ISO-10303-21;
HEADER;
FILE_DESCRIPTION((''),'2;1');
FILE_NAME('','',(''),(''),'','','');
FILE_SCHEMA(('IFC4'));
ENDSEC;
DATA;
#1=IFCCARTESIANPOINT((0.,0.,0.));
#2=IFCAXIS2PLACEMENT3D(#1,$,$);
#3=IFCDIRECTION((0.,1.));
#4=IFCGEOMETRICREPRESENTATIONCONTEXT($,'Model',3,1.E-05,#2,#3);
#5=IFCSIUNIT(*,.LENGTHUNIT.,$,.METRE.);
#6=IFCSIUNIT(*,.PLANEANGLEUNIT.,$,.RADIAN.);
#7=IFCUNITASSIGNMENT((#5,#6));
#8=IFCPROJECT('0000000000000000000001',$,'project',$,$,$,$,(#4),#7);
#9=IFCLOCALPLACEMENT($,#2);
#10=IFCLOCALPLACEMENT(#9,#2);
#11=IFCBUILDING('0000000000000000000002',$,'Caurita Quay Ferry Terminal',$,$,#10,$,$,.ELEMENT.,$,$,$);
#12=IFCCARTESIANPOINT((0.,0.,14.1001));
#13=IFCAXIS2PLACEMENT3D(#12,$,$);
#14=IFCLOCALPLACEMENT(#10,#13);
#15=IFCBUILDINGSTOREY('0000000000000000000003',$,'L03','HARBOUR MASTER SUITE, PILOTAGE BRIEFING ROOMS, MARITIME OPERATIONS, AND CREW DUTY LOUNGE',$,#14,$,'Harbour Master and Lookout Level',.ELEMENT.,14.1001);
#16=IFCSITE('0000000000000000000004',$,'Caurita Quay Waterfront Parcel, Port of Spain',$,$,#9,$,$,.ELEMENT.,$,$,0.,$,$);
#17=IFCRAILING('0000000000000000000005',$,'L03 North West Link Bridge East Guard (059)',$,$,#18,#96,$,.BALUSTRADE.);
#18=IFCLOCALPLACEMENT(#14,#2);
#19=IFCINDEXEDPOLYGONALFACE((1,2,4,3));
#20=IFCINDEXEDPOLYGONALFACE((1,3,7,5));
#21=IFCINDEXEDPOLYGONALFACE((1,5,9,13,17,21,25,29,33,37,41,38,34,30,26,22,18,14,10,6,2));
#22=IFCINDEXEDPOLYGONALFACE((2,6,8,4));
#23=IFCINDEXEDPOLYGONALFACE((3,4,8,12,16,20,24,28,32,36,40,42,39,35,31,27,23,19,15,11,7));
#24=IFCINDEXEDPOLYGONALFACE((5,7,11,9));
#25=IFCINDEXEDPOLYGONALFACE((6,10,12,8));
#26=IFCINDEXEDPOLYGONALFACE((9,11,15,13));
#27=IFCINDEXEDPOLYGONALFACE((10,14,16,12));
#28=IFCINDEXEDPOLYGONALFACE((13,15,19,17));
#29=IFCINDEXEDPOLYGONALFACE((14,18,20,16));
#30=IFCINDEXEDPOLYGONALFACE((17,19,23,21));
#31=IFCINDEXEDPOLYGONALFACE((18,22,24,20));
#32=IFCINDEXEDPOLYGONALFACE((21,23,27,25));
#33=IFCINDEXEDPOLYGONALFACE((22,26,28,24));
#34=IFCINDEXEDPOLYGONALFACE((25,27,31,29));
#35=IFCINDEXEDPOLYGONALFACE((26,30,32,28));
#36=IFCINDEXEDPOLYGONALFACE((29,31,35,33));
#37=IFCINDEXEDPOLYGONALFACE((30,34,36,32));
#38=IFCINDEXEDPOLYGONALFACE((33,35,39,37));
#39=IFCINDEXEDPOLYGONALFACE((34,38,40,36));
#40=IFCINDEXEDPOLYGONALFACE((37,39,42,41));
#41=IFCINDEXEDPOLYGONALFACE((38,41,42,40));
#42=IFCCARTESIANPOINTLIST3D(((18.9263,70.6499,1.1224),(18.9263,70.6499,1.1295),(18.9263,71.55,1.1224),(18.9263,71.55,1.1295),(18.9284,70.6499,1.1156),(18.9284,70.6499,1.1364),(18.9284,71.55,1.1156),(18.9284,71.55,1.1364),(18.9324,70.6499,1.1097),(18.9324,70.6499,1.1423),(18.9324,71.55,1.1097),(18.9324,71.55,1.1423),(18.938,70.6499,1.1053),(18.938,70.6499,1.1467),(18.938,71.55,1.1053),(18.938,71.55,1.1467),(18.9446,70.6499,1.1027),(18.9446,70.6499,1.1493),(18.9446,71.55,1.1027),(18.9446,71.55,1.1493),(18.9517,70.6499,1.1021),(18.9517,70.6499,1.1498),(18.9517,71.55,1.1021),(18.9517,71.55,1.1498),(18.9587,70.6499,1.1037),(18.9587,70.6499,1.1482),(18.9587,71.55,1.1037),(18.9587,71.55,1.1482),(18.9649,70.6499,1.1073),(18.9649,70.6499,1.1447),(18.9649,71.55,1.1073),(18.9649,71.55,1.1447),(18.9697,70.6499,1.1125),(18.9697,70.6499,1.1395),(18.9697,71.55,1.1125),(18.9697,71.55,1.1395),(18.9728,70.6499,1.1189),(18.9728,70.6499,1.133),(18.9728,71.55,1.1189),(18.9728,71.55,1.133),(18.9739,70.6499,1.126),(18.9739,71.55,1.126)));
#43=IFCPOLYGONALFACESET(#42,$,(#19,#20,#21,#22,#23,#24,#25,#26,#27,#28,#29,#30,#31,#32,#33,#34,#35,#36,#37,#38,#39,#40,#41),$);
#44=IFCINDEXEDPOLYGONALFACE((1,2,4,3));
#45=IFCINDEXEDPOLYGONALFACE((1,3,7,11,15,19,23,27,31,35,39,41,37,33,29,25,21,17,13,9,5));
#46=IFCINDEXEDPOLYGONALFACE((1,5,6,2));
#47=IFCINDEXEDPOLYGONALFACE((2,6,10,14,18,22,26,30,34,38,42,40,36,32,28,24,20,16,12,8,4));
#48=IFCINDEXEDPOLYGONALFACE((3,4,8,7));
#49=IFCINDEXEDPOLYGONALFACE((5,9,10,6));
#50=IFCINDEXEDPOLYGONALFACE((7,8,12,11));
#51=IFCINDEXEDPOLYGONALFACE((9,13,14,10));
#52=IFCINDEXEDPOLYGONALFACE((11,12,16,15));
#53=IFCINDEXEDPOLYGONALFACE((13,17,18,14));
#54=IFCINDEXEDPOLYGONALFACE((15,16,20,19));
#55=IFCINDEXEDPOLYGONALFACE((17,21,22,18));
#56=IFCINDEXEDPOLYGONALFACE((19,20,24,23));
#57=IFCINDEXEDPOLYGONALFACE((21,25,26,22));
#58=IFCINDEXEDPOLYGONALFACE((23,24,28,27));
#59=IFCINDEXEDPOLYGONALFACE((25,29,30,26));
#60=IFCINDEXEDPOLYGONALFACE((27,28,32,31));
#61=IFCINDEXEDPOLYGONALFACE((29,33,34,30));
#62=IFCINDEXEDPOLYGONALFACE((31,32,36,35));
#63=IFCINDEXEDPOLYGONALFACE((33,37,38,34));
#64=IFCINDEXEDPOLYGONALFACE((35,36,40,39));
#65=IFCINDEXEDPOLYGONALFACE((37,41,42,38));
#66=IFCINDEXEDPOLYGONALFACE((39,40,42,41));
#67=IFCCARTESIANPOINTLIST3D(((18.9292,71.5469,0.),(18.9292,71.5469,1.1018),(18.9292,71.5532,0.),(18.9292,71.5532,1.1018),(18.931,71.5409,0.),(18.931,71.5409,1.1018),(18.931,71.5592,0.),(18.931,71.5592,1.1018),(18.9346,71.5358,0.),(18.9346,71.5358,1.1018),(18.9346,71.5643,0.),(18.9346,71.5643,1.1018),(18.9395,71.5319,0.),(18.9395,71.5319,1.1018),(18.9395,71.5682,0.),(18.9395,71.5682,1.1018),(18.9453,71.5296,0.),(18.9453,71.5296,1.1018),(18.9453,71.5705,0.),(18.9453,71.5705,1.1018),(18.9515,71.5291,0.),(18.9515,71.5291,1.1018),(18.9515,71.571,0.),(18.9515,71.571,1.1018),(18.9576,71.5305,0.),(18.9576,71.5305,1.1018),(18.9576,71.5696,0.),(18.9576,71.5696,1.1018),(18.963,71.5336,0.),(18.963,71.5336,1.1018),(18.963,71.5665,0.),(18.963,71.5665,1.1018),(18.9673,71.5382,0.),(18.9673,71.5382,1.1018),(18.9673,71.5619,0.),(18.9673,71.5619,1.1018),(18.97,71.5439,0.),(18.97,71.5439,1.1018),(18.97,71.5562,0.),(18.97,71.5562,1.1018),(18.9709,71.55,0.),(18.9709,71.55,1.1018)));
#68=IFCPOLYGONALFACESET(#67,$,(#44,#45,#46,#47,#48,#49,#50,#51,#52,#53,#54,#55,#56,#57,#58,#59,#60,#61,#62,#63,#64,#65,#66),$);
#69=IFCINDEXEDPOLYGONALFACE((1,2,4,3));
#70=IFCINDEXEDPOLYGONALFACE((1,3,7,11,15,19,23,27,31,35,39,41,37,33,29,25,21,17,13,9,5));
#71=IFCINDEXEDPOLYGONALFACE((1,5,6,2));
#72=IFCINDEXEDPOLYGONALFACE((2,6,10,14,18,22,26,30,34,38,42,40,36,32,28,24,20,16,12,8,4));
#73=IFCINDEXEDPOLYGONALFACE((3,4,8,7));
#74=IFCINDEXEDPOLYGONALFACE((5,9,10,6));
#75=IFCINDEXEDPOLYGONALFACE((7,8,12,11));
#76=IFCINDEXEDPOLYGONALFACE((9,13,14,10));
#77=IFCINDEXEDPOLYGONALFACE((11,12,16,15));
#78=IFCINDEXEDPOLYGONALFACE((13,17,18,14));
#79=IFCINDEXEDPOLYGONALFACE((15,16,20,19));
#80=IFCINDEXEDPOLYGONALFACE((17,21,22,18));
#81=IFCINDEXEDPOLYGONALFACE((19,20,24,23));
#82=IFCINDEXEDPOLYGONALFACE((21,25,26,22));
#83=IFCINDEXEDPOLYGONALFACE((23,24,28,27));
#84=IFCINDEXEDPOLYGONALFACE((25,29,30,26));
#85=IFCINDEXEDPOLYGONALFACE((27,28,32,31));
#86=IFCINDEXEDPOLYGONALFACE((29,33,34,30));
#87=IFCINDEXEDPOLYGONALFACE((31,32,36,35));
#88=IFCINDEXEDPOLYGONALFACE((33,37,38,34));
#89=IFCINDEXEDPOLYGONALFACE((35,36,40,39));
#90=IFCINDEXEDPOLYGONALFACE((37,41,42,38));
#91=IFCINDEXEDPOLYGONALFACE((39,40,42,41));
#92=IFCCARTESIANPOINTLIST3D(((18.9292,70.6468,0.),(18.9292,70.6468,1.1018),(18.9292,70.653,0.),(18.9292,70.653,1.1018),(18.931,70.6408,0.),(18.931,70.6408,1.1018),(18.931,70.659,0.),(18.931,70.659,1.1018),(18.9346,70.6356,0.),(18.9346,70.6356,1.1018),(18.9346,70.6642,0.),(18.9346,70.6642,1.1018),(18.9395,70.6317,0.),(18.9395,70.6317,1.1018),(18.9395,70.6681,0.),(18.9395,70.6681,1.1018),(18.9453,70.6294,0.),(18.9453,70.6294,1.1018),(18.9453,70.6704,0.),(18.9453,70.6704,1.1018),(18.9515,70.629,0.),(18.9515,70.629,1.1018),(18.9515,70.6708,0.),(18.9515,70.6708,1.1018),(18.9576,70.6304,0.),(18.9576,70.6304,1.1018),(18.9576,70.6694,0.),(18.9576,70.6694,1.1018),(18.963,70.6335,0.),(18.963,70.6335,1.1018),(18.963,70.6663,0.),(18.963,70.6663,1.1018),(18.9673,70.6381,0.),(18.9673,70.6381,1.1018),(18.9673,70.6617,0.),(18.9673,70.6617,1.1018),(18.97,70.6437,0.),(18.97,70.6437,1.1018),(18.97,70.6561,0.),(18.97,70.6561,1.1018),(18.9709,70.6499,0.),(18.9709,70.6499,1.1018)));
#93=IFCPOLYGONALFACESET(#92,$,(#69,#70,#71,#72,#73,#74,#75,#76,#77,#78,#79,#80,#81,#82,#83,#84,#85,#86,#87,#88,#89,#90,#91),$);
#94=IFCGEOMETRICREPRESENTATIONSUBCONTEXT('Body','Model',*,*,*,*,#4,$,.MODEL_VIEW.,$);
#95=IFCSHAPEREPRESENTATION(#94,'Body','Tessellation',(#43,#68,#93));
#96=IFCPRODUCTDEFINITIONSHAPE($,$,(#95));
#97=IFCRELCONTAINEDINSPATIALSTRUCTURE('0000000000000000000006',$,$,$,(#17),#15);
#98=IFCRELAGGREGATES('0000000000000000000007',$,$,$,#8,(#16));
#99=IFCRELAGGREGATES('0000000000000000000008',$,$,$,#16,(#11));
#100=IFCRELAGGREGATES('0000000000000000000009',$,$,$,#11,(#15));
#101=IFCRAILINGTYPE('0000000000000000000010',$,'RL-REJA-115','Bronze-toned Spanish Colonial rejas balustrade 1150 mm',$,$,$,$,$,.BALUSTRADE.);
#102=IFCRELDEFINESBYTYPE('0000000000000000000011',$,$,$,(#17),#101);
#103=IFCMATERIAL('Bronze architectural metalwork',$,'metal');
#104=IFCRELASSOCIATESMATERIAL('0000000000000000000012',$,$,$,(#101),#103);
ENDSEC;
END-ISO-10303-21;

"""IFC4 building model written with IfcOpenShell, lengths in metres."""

from ifc_helpers import new_model, si_unit, direction, frame, origin, origin_2d, place, context, subcontext, project, spatial, circle, extrude, material, type_object, element, save


model = new_model("IFC4")

# Units and contexts
model_context = context("Model", 3, precision=1e-05, world=origin(), true_north=direction((0.0, 1.0)))
body_context = subcontext(model_context, "Body", "Model", "MODEL_VIEW")
ifc_project = project(units=[si_unit("LENGTHUNIT", "METRE"), si_unit("PLANEANGLEUNIT", "RADIAN")], contexts=[model_context])

# Site, building, storey
site_placement = place(None, origin())
site = spatial("IfcSite", under=ifc_project, at=site_placement, Name="Caurita Quay Waterfront Parcel, Port of Spain", CompositionType="ELEMENT", RefElevation=0.0)
building_placement = place(site_placement, origin())
building = spatial("IfcBuilding", under=site, at=building_placement, Name="Caurita Quay Ferry Terminal", CompositionType="ELEMENT")
storey_placement = place(building_placement, frame((0.0, 0.0, 14.1001)))
storey = spatial("IfcBuildingStorey", under=building, at=storey_placement, Name="L03", Description="HARBOUR MASTER SUITE, PILOTAGE BRIEFING ROOMS, MARITIME OPERATIONS, AND CREW DUTY LOUNGE", LongName="Harbour Master and Lookout Level", CompositionType="ELEMENT", Elevation=14.1001)

# Shared definitions
ifc_material_1 = material(Name="Bronze architectural metalwork", Category="metal")

# Railing
railing_type = type_object("IfcRailingType", Name="RL-REJA-115", Description="Bronze-toned Spanish Colonial rejas balustrade 1150 mm", PredefinedType="BALUSTRADE", material=ifc_material_1)
railing_1_placement = place(storey_placement, frame((18.95, 71.55, 0.0)))
element("IfcRailing", 1, at=railing_1_placement, inside=storey, type_object=railing_type, Name="L03 North West Link Bridge East Guard (059)", PredefinedType="BALUSTRADE", context=body_context, shape_type="SweptSolid", body=[
    extrude(circle(Radius=0.0239, at=origin_2d()), frame((0.0, 0.0, 1.126), z_axis=(0.0, -1.0, 0.0), x_axis=(1.0, 0.0, 0.0)), (0.0, 0.0, 1.0), 0.9001),
    extrude(circle(Radius=0.021, at=origin_2d()), origin(), (0.0, 0.0, 1.0), 1.1018),
    extrude(circle(Radius=0.021, at=origin_2d()), frame((0.0, -0.9001, 0.0)), (0.0, 0.0, 1.0), 1.1018),
])

save(model, "model.ifc")
